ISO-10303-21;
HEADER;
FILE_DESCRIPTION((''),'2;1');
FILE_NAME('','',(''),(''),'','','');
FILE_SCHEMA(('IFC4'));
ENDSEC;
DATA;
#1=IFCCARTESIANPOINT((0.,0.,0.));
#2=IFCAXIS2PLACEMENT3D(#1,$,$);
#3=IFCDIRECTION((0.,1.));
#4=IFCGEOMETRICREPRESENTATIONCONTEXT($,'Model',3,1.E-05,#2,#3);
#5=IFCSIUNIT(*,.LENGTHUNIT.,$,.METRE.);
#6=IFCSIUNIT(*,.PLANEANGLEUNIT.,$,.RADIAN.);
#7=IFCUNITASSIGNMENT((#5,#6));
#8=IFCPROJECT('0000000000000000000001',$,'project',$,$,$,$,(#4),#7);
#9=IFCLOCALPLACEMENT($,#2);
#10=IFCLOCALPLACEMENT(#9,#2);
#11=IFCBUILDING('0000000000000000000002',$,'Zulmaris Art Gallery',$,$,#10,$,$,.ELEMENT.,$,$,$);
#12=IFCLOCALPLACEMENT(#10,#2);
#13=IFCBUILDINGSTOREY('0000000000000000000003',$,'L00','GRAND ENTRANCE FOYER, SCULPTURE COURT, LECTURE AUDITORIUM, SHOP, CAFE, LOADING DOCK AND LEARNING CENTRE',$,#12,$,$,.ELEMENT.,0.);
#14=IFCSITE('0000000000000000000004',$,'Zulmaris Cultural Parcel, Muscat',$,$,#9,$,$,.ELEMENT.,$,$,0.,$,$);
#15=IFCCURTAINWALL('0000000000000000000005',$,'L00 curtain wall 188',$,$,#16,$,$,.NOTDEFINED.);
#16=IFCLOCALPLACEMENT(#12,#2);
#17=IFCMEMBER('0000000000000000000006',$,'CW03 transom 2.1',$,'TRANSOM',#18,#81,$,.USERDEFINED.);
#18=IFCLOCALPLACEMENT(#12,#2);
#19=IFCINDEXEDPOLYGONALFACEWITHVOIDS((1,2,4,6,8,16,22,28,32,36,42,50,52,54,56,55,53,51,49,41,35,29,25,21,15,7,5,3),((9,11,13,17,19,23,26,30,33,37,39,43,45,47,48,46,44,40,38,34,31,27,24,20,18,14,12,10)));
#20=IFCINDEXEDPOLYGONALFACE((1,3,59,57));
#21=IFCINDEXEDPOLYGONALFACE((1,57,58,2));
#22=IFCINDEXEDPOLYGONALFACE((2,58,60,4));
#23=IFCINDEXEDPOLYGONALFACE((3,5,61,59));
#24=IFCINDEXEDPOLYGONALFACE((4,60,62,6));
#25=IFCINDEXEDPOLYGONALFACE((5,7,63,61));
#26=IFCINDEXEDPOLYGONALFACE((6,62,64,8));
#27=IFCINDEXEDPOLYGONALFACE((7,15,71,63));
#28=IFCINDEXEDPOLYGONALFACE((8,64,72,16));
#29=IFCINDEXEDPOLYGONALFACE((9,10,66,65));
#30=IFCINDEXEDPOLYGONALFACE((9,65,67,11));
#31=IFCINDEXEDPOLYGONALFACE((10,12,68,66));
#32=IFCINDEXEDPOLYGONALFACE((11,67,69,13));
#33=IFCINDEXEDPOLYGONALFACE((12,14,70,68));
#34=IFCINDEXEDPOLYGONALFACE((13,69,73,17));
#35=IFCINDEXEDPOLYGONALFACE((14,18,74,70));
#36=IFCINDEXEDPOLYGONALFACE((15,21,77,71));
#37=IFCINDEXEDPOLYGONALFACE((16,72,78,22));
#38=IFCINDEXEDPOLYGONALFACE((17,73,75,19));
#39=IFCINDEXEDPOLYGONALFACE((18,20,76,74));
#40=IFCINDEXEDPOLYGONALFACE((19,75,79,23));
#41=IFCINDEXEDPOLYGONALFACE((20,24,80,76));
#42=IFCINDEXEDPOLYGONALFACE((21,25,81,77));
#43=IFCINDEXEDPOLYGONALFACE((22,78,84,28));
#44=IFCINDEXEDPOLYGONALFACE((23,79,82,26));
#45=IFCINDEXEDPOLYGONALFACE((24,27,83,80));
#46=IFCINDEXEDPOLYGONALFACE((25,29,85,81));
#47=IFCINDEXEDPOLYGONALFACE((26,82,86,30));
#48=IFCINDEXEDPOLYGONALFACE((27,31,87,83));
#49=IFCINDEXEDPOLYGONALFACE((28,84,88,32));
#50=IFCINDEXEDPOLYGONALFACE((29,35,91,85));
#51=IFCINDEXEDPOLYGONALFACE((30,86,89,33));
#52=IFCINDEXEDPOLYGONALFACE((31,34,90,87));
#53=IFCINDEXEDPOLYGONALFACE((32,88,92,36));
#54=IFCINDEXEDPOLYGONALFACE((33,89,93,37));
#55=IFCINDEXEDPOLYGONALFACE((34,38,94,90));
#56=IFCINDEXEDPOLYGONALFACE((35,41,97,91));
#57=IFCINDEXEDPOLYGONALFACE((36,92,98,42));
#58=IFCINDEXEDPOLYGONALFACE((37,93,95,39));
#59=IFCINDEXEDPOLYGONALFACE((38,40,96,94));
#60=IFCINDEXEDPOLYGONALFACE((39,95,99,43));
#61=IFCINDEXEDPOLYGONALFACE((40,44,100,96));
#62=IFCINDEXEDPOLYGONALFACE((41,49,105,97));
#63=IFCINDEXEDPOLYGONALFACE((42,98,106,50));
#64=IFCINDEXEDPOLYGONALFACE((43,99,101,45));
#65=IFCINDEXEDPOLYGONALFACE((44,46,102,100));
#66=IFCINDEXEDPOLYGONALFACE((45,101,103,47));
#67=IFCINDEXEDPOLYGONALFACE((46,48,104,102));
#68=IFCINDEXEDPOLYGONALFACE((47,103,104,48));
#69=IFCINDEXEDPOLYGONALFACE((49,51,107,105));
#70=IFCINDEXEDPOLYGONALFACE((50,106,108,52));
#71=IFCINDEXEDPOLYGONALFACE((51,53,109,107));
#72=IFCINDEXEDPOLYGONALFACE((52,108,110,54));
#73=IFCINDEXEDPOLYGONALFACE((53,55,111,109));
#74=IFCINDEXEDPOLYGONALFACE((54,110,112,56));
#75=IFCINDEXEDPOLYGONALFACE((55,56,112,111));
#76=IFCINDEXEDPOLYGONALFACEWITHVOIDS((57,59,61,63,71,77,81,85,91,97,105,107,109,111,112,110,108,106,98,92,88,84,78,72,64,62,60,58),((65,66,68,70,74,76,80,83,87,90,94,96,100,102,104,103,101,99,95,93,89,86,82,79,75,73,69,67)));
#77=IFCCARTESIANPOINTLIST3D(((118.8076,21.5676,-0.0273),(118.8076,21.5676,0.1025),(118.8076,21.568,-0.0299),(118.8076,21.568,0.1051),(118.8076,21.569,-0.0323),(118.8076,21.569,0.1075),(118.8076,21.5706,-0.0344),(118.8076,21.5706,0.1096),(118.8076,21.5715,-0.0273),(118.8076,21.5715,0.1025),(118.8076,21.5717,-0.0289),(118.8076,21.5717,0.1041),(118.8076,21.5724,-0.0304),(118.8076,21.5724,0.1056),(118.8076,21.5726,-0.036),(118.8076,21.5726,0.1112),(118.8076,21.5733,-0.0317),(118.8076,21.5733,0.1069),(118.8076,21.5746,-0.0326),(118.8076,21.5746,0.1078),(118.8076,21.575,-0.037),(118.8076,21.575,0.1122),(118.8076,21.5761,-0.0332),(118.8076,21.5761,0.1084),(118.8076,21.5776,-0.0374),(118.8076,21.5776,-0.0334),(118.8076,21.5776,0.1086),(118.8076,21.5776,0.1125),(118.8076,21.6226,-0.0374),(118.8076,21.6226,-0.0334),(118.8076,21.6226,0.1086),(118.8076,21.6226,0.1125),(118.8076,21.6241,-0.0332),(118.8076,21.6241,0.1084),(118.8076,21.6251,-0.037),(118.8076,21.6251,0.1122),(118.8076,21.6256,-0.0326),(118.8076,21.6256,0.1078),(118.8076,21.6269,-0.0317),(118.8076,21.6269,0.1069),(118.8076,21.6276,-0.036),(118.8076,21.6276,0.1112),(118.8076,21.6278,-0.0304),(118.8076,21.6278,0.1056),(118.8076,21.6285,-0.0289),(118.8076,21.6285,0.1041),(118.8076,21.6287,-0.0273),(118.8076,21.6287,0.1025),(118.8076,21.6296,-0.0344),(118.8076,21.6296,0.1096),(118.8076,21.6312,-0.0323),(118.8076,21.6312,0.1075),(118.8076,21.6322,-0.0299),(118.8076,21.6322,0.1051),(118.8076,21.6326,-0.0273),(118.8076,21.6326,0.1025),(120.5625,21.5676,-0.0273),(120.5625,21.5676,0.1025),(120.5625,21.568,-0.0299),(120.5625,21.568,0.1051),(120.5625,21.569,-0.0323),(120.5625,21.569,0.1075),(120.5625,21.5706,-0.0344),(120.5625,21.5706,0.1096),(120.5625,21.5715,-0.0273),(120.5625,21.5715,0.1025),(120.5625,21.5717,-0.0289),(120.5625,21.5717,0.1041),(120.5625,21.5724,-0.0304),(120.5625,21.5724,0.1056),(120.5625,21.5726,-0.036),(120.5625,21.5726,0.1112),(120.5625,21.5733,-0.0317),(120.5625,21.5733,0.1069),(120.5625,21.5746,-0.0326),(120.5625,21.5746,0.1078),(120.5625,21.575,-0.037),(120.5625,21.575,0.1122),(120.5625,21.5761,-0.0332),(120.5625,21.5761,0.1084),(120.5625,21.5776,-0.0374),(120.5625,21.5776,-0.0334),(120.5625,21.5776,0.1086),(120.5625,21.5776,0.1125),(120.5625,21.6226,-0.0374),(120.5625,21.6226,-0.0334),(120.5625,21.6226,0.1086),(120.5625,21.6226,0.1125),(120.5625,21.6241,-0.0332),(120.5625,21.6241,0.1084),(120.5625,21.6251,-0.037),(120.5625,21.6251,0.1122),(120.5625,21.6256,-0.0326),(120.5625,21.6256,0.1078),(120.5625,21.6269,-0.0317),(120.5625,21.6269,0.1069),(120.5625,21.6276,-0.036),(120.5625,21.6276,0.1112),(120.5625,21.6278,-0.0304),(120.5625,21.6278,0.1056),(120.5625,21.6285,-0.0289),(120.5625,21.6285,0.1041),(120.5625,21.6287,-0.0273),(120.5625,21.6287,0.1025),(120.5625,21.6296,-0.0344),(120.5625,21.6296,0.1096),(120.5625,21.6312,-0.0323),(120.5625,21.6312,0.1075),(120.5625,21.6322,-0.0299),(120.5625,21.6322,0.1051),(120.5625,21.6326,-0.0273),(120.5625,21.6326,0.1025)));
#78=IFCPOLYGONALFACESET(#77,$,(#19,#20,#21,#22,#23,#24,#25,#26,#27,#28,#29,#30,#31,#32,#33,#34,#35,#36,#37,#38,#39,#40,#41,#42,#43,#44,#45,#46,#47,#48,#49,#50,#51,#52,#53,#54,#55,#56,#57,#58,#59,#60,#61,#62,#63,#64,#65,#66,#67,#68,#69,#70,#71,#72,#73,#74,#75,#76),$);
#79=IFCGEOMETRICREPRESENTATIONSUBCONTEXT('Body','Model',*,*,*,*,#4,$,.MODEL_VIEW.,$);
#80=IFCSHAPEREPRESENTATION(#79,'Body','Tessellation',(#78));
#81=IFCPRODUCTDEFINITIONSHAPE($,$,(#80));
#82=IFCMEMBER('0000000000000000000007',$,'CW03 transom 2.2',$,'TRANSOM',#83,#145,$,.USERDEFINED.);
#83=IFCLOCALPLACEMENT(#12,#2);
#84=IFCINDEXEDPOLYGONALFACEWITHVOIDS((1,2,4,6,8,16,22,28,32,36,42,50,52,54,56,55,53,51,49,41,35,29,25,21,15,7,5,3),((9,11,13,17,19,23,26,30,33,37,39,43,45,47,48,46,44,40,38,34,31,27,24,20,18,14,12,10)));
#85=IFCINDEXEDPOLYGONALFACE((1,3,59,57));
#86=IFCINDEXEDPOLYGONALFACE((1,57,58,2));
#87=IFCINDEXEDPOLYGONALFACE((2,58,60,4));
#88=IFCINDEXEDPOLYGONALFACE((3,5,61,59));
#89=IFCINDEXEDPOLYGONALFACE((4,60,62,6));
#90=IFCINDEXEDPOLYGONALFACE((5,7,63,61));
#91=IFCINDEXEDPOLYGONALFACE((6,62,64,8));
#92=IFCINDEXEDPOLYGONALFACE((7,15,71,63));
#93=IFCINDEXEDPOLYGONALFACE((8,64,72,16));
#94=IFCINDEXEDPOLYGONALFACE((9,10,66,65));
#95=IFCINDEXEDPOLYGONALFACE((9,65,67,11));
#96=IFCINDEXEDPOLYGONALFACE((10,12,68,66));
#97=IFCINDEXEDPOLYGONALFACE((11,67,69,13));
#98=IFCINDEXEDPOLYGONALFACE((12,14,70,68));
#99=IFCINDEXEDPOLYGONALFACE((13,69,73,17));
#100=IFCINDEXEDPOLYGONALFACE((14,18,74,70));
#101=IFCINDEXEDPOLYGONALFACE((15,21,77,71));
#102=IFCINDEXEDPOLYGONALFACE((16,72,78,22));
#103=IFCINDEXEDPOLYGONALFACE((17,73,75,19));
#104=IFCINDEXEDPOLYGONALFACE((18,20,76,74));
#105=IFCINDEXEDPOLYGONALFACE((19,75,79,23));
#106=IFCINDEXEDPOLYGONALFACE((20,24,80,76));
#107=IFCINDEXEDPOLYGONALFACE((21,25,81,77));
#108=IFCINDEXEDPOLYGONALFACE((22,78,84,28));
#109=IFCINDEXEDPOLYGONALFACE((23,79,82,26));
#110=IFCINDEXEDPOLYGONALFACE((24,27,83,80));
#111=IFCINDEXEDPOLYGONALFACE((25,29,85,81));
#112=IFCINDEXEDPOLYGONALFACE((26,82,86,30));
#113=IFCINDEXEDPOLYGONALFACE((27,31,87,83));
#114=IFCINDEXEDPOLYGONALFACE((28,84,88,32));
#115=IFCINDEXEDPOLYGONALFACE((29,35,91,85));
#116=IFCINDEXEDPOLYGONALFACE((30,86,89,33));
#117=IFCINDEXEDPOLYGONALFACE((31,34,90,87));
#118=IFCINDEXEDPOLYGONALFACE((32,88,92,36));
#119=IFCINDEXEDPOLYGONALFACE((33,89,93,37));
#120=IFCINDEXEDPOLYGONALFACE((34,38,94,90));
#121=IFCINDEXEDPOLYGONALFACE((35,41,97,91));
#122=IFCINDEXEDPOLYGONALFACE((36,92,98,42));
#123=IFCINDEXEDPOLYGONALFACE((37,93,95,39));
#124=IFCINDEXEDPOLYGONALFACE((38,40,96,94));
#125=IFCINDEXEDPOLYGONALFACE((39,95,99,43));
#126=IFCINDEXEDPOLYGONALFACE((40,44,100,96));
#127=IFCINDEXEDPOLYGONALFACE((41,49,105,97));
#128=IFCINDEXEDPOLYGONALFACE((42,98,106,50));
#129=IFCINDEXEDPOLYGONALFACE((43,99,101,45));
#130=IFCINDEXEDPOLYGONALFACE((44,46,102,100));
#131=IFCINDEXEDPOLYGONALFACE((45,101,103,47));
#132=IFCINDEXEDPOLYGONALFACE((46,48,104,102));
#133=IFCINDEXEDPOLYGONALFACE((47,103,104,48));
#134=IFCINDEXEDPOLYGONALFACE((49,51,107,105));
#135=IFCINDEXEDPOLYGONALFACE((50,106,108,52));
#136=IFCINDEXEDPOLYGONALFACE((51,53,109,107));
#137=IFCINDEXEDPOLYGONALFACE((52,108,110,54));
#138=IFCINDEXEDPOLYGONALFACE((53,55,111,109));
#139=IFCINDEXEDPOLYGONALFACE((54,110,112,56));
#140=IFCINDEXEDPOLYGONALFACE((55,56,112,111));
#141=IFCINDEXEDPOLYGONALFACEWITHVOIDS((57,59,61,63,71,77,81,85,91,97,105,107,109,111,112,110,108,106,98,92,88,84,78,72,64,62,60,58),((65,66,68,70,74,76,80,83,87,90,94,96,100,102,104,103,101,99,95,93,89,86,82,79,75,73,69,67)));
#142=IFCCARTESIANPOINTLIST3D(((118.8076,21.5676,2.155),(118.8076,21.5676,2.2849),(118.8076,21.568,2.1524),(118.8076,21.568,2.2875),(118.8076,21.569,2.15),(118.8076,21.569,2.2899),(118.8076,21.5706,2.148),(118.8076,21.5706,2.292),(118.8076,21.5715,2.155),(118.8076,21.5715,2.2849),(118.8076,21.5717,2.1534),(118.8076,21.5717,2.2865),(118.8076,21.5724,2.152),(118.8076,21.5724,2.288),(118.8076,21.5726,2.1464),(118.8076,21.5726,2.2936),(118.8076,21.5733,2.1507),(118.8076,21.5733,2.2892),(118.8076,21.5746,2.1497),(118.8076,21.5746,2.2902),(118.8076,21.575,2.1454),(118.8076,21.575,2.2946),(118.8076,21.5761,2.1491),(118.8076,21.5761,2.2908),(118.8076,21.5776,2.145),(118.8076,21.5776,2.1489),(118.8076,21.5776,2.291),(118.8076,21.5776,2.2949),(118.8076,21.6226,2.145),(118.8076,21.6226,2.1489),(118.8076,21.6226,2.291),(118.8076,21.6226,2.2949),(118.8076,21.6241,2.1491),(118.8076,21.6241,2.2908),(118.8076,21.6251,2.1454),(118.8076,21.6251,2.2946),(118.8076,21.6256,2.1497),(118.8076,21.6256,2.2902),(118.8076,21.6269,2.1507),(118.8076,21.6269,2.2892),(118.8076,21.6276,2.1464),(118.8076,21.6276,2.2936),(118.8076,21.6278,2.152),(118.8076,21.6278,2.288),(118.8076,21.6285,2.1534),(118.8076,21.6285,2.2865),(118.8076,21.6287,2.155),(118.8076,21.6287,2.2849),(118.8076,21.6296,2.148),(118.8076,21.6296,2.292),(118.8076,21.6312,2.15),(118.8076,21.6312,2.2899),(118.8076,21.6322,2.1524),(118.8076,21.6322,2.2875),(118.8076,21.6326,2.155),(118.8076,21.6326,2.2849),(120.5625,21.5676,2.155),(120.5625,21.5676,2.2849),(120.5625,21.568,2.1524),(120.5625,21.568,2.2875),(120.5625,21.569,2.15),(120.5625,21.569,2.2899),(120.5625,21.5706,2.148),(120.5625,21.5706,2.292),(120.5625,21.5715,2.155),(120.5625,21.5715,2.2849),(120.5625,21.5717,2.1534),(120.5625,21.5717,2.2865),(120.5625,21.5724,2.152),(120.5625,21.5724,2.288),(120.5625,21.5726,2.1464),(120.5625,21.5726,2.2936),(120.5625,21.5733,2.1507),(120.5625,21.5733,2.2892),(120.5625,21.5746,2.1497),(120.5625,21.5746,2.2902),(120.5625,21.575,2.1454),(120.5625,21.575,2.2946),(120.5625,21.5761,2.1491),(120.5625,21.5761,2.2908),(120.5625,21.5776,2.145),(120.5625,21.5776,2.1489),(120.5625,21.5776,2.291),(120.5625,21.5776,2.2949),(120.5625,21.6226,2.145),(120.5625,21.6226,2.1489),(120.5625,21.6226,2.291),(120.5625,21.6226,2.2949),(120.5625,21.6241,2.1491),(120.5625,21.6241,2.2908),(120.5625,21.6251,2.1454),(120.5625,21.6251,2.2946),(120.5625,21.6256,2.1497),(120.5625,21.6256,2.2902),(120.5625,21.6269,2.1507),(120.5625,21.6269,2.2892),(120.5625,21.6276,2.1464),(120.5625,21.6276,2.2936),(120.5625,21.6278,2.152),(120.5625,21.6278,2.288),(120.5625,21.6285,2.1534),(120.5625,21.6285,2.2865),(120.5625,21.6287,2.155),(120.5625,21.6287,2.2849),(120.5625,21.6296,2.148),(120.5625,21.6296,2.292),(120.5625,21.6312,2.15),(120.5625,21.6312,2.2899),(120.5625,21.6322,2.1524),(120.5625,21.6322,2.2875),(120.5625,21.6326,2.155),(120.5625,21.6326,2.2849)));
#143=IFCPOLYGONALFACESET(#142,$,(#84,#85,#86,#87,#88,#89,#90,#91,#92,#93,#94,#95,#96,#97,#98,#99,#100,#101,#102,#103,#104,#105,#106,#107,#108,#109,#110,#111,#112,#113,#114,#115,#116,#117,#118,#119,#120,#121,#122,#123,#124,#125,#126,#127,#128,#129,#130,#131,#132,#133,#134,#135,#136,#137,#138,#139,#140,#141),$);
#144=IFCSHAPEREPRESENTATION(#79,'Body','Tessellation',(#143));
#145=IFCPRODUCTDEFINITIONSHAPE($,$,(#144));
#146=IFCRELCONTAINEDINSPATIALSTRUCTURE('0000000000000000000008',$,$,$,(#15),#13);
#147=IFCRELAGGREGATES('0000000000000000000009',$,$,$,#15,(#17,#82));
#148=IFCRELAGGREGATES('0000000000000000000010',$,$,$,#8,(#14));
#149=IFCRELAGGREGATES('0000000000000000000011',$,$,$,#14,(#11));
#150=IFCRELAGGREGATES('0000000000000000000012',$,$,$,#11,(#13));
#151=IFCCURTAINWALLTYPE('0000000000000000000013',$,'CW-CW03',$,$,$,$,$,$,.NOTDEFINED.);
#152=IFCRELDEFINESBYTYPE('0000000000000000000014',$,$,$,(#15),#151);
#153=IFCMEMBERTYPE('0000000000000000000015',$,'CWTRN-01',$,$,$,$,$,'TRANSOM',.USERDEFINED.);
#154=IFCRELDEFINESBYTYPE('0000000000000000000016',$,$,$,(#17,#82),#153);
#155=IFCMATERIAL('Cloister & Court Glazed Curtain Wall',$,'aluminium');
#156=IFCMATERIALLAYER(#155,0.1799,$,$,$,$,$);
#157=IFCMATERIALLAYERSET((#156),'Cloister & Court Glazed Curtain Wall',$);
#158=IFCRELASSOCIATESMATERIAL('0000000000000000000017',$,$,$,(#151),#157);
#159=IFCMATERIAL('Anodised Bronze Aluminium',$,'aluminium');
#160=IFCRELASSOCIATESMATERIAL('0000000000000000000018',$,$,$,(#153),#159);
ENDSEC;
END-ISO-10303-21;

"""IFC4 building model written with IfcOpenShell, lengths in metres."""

from ifc_helpers import new_model, si_unit, direction, frame, origin, origin_2d, place, context, subcontext, project, spatial, hollow_rectangle, extrude, material, layer, layer_set, material_profile, profile_set, type_object, element, aggregate, save


model = new_model("IFC4")

# Units and contexts
model_context = context("Model", 3, precision=1e-05, world=origin(), true_north=direction((0.0, 1.0)))
body_context = subcontext(model_context, "Body", "Model", "MODEL_VIEW")
ifc_project = project(units=[si_unit("LENGTHUNIT", "METRE"), si_unit("PLANEANGLEUNIT", "RADIAN")], contexts=[model_context])

# Site, building, storey
site_placement = place(None, origin())
site = spatial("IfcSite", under=ifc_project, at=site_placement, Name="Zulmaris Cultural Parcel, Muscat", CompositionType="ELEMENT", RefElevation=0.0)
building_placement = place(site_placement, origin())
building = spatial("IfcBuilding", under=site, at=building_placement, Name="Zulmaris Art Gallery", CompositionType="ELEMENT")
storey_placement = place(building_placement, origin())
storey = spatial("IfcBuildingStorey", under=building, at=storey_placement, Name="L00", Description="GRAND ENTRANCE FOYER, SCULPTURE COURT, LECTURE AUDITORIUM, SHOP, CAFE, LOADING DOCK AND LEARNING CENTRE", CompositionType="ELEMENT", Elevation=0.0)

# Curtain wall
ifc_material_1 = material(Name="Cloister & Court Glazed Curtain Wall", Category="aluminium")
ifc_layer_1 = layer(ifc_material_1, 0.1799)
ifc_layer_set_1 = layer_set([ifc_layer_1], Name="Cloister & Court Glazed Curtain Wall")
curtain_wall_type = type_object("IfcCurtainWallType", Name="CW-CW03", PredefinedType="NOTDEFINED", material=ifc_layer_set_1)
ifc_material_2 = material(Name="Anodised Bronze Aluminium", Category="aluminium")
curtain_wall_1_placement = place(storey_placement, origin())
curtain_wall_1 = element("IfcCurtainWall", 1, at=curtain_wall_1_placement, inside=storey, type_object=curtain_wall_type, Name="L00 curtain wall 188", PredefinedType="NOTDEFINED")

# Members
ifc_material_profile_1 = material_profile(ifc_material_2, hollow_rectangle(XDim=0.0649, YDim=0.1499, WallThickness=0.0039, InnerFilletRadius=0.0061, OuterFilletRadius=0.01, at=origin_2d()), Name="ALU 65x150x4")
ifc_profile_set_1 = profile_set([ifc_material_profile_1], Name="Anodised Bronze Aluminium")
member_type_1 = type_object("IfcMemberType", Name="CWTRN-01", ElementType="TRANSOM", PredefinedType="USERDEFINED", material=ifc_profile_set_1)
member_1_placement = place(storey_placement, frame((118.8076, 21.6001, 0.0376), z_axis=(1.0, 0.0, 0.0), x_axis=(0.0, 1.0, 0.0)))
member_1 = element("IfcMember", 2, at=member_1_placement, type_object=member_type_1, Name="CW03 transom 2.1", ObjectType="TRANSOM", PredefinedType="USERDEFINED", context=body_context, shape_type="SweptSolid", body=[
    extrude(hollow_rectangle(XDim=0.0649, YDim=0.1499, WallThickness=0.0039, InnerFilletRadius=0.0061, OuterFilletRadius=0.01, at=origin_2d()), origin(), (0.0, 0.0, 1.0), 1.7549),
])
member_2_placement = place(storey_placement, frame((118.8076, 21.6001, 2.22), z_axis=(1.0, 0.0, 0.0), x_axis=(0.0, 1.0, 0.0)))
member_2 = element("IfcMember", 3, at=member_2_placement, type_object=member_type_1, Name="CW03 transom 2.2", ObjectType="TRANSOM", PredefinedType="USERDEFINED", context=body_context, shape_type="SweptSolid", body=[
    extrude(hollow_rectangle(XDim=0.0649, YDim=0.1499, WallThickness=0.0039, InnerFilletRadius=0.0061, OuterFilletRadius=0.01, at=origin_2d()), origin(), (0.0, 0.0, 1.0), 1.7549),
])

aggregate(curtain_wall_1, [member_1, member_2])

save(model, "model.ifc")
